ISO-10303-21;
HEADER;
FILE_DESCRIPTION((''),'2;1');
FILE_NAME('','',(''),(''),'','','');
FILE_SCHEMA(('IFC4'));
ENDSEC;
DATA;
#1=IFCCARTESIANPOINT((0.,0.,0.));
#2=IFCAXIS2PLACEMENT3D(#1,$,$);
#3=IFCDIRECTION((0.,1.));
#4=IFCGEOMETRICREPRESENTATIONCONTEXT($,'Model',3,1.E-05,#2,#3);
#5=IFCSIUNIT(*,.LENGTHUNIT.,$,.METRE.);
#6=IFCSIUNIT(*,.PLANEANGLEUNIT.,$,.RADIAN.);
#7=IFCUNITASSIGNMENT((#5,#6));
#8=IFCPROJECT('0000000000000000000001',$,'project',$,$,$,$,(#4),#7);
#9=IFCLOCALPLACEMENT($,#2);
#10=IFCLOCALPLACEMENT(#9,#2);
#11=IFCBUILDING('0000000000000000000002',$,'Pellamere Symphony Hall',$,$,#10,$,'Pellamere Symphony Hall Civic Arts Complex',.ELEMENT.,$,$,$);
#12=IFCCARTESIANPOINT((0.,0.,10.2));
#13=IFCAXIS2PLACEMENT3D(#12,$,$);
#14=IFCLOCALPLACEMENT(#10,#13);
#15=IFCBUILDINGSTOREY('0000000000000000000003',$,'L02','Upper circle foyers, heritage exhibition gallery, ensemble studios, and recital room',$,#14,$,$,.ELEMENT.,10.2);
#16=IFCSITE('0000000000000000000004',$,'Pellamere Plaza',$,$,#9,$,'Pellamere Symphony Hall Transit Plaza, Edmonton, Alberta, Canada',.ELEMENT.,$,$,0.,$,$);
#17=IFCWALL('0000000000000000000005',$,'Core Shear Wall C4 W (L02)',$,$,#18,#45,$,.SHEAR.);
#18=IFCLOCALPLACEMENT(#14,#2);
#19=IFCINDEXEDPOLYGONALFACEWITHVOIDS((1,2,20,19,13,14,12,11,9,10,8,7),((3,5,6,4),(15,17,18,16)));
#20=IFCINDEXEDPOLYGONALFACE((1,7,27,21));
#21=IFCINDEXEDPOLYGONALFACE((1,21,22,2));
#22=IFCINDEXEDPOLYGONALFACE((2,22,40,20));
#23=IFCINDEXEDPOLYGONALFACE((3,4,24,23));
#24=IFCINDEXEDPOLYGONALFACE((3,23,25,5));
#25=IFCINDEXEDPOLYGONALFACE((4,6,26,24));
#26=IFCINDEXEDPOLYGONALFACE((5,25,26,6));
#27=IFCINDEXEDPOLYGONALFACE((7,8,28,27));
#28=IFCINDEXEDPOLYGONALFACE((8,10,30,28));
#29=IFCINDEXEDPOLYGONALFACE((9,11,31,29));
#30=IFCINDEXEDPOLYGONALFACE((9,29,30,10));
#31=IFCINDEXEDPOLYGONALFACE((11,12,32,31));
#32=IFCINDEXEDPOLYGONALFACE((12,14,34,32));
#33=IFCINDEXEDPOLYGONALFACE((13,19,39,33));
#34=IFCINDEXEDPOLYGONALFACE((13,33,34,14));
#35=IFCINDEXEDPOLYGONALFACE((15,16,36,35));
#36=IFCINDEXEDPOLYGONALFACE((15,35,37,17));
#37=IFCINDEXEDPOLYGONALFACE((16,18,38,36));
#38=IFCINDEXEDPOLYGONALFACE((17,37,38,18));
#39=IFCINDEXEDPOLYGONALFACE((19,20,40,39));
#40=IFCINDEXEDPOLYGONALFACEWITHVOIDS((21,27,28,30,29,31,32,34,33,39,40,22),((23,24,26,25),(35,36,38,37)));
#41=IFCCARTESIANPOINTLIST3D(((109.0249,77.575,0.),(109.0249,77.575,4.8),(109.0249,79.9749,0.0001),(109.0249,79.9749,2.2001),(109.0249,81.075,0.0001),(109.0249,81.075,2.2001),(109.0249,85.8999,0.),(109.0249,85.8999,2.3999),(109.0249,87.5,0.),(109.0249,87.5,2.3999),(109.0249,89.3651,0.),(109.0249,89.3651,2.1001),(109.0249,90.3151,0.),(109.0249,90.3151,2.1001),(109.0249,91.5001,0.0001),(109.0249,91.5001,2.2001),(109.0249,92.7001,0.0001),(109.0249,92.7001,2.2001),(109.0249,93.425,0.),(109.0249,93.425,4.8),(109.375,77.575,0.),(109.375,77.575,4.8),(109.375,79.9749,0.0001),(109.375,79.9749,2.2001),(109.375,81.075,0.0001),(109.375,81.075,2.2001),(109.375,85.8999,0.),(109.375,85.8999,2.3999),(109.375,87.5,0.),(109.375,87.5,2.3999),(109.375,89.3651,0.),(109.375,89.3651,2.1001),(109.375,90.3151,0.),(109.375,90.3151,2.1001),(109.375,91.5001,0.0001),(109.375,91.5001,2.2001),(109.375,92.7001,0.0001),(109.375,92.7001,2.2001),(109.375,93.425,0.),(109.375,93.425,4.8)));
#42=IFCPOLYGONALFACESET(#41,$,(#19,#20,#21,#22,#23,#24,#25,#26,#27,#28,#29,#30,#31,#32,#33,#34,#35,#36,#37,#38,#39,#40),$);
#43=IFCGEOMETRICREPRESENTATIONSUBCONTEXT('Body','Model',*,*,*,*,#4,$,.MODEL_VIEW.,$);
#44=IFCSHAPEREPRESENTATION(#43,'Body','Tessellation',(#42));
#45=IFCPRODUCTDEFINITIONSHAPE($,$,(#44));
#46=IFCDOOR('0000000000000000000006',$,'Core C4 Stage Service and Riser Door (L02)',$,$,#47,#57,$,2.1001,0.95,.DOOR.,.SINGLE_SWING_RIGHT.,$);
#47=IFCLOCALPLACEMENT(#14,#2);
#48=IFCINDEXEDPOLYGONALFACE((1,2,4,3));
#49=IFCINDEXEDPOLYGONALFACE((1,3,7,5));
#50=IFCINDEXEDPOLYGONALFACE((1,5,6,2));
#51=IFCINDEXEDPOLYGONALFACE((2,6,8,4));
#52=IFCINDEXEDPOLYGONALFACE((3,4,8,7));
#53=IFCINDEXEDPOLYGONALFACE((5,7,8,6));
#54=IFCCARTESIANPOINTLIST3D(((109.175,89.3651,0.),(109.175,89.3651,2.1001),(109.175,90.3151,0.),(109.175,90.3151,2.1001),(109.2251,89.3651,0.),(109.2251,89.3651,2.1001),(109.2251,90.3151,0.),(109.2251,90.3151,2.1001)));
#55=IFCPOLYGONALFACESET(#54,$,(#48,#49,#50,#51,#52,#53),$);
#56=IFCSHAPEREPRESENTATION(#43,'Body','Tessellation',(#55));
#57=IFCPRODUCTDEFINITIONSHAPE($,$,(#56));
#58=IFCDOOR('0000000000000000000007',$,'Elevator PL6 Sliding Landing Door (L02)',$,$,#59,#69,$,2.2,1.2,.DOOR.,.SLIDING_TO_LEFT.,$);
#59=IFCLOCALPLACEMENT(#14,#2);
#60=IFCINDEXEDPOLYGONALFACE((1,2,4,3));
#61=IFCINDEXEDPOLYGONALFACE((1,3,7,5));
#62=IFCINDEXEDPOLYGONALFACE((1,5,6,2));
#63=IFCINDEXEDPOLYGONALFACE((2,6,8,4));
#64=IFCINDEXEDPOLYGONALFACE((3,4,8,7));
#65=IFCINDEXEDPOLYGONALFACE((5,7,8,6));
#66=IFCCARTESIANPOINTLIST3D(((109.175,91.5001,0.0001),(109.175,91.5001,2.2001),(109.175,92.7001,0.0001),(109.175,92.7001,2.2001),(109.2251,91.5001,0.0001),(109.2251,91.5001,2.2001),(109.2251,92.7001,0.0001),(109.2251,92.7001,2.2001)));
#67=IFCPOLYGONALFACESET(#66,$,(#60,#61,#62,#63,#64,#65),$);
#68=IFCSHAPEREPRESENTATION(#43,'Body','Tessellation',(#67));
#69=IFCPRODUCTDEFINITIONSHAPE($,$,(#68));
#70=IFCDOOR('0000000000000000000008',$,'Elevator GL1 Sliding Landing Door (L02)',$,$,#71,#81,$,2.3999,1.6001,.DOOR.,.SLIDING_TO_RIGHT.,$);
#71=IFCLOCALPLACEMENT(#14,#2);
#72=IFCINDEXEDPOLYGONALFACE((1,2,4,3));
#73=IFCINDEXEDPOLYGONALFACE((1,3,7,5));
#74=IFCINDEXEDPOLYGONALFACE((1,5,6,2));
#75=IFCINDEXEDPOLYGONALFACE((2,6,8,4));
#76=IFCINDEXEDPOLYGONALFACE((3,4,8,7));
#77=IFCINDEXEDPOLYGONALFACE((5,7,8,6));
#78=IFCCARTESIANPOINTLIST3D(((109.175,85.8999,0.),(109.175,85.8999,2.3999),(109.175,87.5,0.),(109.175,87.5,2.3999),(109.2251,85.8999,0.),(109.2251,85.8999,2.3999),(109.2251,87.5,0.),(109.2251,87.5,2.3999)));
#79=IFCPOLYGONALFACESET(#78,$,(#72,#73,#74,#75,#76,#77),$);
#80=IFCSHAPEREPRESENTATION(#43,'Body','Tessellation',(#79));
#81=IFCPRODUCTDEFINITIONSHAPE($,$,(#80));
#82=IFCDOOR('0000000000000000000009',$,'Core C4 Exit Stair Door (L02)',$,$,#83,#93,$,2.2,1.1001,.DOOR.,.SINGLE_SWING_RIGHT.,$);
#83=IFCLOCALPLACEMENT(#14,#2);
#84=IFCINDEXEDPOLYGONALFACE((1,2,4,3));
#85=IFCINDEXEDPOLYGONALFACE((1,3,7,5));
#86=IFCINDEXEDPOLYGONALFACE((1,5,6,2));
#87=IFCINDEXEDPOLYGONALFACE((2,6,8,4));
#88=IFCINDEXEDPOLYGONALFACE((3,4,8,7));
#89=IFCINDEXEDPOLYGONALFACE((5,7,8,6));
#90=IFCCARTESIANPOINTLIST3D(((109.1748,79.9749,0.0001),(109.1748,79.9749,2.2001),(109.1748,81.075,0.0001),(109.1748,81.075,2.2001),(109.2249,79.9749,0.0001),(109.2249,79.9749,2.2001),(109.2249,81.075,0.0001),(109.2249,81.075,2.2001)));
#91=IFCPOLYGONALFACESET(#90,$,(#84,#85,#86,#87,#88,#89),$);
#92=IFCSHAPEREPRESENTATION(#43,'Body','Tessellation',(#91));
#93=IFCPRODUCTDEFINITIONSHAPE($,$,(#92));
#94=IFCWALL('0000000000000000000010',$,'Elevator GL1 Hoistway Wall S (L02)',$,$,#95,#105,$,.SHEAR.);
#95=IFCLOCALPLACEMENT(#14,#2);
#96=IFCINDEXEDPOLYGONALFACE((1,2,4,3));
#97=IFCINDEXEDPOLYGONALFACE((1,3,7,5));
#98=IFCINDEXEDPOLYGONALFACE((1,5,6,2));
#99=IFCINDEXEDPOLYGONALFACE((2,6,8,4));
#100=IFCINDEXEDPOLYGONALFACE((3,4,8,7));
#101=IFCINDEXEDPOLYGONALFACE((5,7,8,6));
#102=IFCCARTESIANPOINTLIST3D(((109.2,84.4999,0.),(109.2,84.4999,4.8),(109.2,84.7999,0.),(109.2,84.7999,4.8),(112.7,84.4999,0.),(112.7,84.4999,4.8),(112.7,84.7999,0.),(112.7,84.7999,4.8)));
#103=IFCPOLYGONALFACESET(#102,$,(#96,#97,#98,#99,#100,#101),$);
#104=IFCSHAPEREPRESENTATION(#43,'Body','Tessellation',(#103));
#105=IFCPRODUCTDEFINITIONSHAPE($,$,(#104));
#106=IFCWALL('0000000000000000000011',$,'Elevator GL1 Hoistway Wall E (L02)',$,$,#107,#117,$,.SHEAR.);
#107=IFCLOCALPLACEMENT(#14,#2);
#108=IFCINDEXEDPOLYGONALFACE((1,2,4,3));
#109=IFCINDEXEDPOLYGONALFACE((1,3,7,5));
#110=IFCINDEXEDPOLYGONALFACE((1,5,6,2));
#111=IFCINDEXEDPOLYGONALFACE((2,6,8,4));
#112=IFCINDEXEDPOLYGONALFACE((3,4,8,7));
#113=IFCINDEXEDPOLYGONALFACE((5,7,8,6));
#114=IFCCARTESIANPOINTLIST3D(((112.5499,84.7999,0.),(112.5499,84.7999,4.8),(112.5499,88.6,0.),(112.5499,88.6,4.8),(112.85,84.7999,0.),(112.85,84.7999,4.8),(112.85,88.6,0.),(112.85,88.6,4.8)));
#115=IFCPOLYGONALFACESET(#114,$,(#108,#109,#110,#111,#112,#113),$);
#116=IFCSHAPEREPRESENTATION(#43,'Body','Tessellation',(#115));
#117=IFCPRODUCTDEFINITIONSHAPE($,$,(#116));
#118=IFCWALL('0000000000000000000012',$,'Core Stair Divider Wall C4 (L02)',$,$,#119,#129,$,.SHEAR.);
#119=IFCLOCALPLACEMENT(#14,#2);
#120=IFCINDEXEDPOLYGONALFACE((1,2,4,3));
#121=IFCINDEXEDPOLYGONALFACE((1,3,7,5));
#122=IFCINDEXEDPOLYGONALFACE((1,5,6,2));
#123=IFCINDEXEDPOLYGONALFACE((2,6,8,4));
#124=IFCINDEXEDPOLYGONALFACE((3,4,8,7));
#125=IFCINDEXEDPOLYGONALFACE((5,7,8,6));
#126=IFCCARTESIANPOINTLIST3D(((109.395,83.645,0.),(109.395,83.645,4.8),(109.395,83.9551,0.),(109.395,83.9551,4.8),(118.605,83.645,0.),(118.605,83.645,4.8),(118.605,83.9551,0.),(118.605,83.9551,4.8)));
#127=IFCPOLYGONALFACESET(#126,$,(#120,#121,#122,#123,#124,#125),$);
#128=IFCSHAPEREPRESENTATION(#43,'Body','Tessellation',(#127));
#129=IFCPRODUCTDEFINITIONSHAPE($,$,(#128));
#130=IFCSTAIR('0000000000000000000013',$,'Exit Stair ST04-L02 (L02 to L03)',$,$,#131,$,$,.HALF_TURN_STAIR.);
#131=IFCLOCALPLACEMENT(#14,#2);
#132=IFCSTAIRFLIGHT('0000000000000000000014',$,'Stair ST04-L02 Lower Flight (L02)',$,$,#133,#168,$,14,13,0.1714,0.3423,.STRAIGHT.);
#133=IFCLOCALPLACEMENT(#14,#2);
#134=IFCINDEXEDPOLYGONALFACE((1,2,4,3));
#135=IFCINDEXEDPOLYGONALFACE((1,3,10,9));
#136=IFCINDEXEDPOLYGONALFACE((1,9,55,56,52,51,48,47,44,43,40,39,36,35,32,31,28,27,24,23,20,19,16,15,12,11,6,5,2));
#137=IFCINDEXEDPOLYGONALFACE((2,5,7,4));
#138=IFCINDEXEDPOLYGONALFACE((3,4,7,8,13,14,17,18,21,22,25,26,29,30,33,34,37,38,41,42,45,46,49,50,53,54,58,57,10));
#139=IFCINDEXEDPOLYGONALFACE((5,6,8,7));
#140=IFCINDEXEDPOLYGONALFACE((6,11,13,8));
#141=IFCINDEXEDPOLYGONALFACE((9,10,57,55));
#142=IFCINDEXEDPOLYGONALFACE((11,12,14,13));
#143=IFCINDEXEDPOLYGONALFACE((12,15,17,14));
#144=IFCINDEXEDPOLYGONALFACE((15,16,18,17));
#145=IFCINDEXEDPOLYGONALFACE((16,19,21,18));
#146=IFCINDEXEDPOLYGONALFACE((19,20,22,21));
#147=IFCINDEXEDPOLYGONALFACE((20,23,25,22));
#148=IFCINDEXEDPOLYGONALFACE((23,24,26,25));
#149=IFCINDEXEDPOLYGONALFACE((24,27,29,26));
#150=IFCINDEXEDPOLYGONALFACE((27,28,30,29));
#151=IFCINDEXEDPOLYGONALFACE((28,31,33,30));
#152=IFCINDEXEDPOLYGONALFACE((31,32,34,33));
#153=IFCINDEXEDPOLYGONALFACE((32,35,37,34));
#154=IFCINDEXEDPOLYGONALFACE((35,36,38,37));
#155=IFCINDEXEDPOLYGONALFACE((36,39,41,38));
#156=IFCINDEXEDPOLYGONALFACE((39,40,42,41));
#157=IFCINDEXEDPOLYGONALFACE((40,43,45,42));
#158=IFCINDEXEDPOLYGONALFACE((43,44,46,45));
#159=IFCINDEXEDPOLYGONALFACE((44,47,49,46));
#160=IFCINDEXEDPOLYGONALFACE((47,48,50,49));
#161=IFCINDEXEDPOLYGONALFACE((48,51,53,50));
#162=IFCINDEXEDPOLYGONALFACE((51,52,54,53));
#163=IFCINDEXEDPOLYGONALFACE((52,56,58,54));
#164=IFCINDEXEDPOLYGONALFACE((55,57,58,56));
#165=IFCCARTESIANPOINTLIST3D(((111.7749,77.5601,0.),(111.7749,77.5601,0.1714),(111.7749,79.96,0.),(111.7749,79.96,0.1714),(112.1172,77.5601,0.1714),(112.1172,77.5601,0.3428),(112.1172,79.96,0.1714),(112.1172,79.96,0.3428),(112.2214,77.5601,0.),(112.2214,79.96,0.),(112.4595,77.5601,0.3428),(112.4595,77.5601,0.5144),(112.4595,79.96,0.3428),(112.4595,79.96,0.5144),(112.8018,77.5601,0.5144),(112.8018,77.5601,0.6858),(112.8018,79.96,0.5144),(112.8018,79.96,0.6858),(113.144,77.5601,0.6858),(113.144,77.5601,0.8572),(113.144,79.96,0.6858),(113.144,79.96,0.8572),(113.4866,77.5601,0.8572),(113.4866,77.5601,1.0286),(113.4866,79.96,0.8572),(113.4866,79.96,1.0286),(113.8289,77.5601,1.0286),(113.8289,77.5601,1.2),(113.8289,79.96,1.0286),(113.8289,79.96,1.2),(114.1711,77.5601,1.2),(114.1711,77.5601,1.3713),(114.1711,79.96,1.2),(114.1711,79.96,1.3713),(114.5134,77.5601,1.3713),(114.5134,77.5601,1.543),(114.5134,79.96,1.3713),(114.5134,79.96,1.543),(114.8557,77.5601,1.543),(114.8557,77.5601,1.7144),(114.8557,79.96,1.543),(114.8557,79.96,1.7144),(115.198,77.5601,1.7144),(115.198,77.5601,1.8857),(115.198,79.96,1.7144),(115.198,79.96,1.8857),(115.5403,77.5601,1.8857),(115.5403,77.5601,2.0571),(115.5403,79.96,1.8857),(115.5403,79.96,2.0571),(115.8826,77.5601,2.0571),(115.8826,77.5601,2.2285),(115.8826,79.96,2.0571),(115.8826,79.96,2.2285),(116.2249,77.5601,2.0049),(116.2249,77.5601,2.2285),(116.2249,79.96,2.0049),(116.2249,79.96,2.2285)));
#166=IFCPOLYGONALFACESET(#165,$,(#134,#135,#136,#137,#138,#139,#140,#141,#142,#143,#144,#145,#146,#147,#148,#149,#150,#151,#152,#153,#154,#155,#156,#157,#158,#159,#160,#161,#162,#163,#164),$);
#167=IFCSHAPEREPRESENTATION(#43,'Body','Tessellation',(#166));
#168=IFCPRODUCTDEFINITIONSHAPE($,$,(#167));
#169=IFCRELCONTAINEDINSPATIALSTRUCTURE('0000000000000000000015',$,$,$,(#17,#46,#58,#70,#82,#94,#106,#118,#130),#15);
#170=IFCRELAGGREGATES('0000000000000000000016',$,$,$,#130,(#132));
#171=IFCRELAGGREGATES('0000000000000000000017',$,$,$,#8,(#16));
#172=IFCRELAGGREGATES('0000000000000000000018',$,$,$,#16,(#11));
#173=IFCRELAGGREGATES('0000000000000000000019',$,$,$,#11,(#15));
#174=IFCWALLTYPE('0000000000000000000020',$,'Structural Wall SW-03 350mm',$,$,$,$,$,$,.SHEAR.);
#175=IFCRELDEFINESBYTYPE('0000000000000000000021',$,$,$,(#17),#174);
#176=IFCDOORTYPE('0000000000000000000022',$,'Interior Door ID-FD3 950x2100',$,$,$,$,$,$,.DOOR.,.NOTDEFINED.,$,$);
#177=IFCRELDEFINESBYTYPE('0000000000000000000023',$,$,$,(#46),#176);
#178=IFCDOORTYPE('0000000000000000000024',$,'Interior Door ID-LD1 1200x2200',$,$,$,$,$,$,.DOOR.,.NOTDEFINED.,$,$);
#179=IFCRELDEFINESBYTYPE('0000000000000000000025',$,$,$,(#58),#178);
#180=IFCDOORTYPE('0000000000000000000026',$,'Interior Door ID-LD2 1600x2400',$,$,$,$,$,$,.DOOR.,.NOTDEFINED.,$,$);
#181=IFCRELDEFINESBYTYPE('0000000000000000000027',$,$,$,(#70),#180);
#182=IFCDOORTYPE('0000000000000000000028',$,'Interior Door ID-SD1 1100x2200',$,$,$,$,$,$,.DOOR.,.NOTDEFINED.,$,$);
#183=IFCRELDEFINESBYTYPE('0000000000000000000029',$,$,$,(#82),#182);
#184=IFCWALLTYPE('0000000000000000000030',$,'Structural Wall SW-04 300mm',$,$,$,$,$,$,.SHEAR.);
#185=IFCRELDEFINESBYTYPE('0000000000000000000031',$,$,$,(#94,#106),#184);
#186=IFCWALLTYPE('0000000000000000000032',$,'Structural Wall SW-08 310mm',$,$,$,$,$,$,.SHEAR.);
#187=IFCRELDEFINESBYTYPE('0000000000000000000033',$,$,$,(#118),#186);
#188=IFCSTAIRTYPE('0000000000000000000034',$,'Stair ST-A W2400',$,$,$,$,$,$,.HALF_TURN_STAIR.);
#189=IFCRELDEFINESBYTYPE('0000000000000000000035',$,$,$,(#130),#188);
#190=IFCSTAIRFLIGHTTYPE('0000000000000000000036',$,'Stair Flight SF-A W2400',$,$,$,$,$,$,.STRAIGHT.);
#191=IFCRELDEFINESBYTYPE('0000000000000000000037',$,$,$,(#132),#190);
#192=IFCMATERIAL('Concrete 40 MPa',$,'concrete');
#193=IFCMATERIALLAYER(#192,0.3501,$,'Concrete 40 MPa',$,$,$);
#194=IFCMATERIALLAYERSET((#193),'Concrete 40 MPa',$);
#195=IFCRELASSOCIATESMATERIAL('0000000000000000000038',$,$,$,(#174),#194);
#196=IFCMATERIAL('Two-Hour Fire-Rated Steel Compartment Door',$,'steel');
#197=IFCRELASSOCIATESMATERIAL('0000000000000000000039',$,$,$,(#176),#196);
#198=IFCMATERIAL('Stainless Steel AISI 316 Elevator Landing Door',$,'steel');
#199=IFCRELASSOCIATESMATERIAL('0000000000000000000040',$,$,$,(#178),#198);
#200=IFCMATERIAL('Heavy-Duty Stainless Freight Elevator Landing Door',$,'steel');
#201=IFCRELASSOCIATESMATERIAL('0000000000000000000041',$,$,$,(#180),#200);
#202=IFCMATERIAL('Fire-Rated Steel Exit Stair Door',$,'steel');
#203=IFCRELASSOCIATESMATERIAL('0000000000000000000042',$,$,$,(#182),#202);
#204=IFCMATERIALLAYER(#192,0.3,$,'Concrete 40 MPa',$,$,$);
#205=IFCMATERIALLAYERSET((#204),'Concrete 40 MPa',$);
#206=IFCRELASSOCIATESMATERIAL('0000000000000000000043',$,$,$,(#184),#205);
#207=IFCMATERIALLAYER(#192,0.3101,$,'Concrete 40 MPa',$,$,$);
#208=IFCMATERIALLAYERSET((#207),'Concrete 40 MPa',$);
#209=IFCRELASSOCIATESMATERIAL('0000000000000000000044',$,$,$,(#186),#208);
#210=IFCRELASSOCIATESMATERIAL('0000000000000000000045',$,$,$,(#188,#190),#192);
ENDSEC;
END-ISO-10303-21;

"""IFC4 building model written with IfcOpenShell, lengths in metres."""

from ifc_helpers import new_model, si_unit, direction, frame, frame_2d, origin, place, context, subcontext, project, spatial, polyline, rectangle, outline, extrude, material, layer, layer_set, type_object, element, fill, aggregate, save


model = new_model("IFC4")

# Units and contexts
model_context = context("Model", 3, precision=1e-05, world=origin(), true_north=direction((0.0, 1.0)))
body_context = subcontext(model_context, "Body", "Model", "MODEL_VIEW")
ifc_project = project(units=[si_unit("LENGTHUNIT", "METRE"), si_unit("PLANEANGLEUNIT", "RADIAN")], contexts=[model_context])

# Site, building, storey
site_placement = place(None, origin())
site = spatial("IfcSite", under=ifc_project, at=site_placement, Name="Pellamere Plaza", LongName="Pellamere Symphony Hall Transit Plaza, Edmonton, Alberta, Canada", CompositionType="ELEMENT", RefElevation=0.0)
building_placement = place(site_placement, origin())
building = spatial("IfcBuilding", under=site, at=building_placement, Name="Pellamere Symphony Hall", LongName="Pellamere Symphony Hall Civic Arts Complex", CompositionType="ELEMENT")
storey_placement = place(building_placement, frame((0.0, 0.0, 10.2)))
storey = spatial("IfcBuildingStorey", under=building, at=storey_placement, Name="L02", Description="Upper circle foyers, heritage exhibition gallery, ensemble studios, and recital room", CompositionType="ELEMENT", Elevation=10.2)

# Shared definitions
ifc_material_1 = material(Name="Concrete 40 MPa", Category="concrete")

# Shared definitions
ifc_layer_1 = layer(ifc_material_1, 0.3501, Name="Concrete 40 MPa")
ifc_layer_set_1 = layer_set([ifc_layer_1], Name="Concrete 40 MPa")
wall_type_1 = type_object("IfcWallType", Name="Structural Wall SW-03 350mm", PredefinedType="SHEAR", material=ifc_layer_set_1)

# Wall, openings, doors
wall_1_placement = place(storey_placement, frame((109.2, 77.575, 0.0), z_axis=(0.0, 0.0, 1.0), x_axis=(0.0, 1.0, 0.0)))
wall_1 = element("IfcWall", 1, at=wall_1_placement, inside=storey, type_object=wall_type_1, Name="Core Shear Wall C4 W (L02)", PredefinedType="SHEAR", context=body_context, shape_type="SweptSolid", body=[
    extrude(rectangle(XDim=15.8501, YDim=0.3501, at=frame_2d((7.925, 0.0))), origin(), (0.0, 0.0, 1.0), 4.8),
])
opening_1_placement = place(wall_1_placement, frame((8.325, 0.0, 0.0)))
opening_1 = element("IfcOpeningElement", 2, at=opening_1_placement, cuts=wall_1, PredefinedType="OPENING", context=body_context, shape_type="SweptSolid", body=[
    extrude(rectangle(XDim=1.6001, YDim=2.3999, at=frame_2d((0.8, 1.2))), frame((0.0, 0.1851, 0.0), z_axis=(0.0, -1.0, 0.0), x_axis=(1.0, 0.0, 0.0)), (0.0, 0.0, 1.0), 0.3701),
])
opening_2_placement = place(wall_1_placement, frame((13.925, 0.0, 0.0)))
opening_2 = element("IfcOpeningElement", 3, at=opening_2_placement, cuts=wall_1, PredefinedType="OPENING", context=body_context, shape_type="SweptSolid", body=[
    extrude(rectangle(XDim=1.2, YDim=2.2, at=frame_2d((0.6001, 1.1001))), frame((0.0, 0.1851, 0.0), z_axis=(0.0, -1.0, 0.0), x_axis=(1.0, 0.0, 0.0)), (0.0, 0.0, 1.0), 0.3701),
])
opening_3_placement = place(wall_1_placement, frame((11.79, 0.0, 0.0)))
opening_3 = element("IfcOpeningElement", 4, at=opening_3_placement, cuts=wall_1, PredefinedType="OPENING", context=body_context, shape_type="SweptSolid", body=[
    extrude(rectangle(XDim=0.95, YDim=2.1001, at=frame_2d((0.4751, 1.05))), frame((0.0, 0.1851, 0.0), z_axis=(0.0, -1.0, 0.0), x_axis=(1.0, 0.0, 0.0)), (0.0, 0.0, 1.0), 0.3701),
])
opening_4_placement = place(wall_1_placement, frame((2.3999, 0.0, 0.0)))
opening_4 = element("IfcOpeningElement", 5, at=opening_4_placement, cuts=wall_1, PredefinedType="OPENING", context=body_context, shape_type="SweptSolid", body=[
    extrude(rectangle(XDim=1.1001, YDim=2.2, at=frame_2d((0.55, 1.1001))), frame((0.0, 0.1851, 0.0), z_axis=(0.0, -1.0, 0.0), x_axis=(1.0, 0.0, 0.0)), (0.0, 0.0, 1.0), 0.3701),
])
ifc_material_2 = material(Name="Two-Hour Fire-Rated Steel Compartment Door", Category="steel")
door_type_1 = type_object("IfcDoorType", Name="Interior Door ID-FD3 950x2100", OperationType="NOTDEFINED", PredefinedType="DOOR", material=ifc_material_2)
door_1_placement = place(opening_3_placement, origin())
door_1 = element("IfcDoor", 6, at=door_1_placement, inside=storey, type_object=door_type_1, Name="Core C4 Stage Service and Riser Door (L02)", OperationType="SINGLE_SWING_RIGHT", OverallHeight=2.1001, OverallWidth=0.95, PredefinedType="DOOR", context=body_context, shape_type="SweptSolid", body=[
    extrude(rectangle(XDim=0.95, YDim=2.1001, at=frame_2d((0.4751, 1.05))), frame((0.0, 0.0249, 0.0), z_axis=(0.0, -1.0, 0.0), x_axis=(1.0, 0.0, 0.0)), (0.0, 0.0, 1.0), 0.05),
])
fill(opening_3, door_1)
ifc_material_3 = material(Name="Stainless Steel AISI 316 Elevator Landing Door", Category="steel")
door_type_2 = type_object("IfcDoorType", Name="Interior Door ID-LD1 1200x2200", OperationType="NOTDEFINED", PredefinedType="DOOR", material=ifc_material_3)
door_2_placement = place(opening_2_placement, origin())
door_2 = element("IfcDoor", 7, at=door_2_placement, inside=storey, type_object=door_type_2, Name="Elevator PL6 Sliding Landing Door (L02)", OperationType="SLIDING_TO_LEFT", OverallHeight=2.2, OverallWidth=1.2, PredefinedType="DOOR", context=body_context, shape_type="SweptSolid", body=[
    extrude(rectangle(XDim=1.2, YDim=2.2, at=frame_2d((0.6001, 1.1001))), frame((0.0, 0.0249, 0.0), z_axis=(0.0, -1.0, 0.0), x_axis=(1.0, 0.0, 0.0)), (0.0, 0.0, 1.0), 0.05),
])
fill(opening_2, door_2)
ifc_material_4 = material(Name="Heavy-Duty Stainless Freight Elevator Landing Door", Category="steel")
door_type_3 = type_object("IfcDoorType", Name="Interior Door ID-LD2 1600x2400", OperationType="NOTDEFINED", PredefinedType="DOOR", material=ifc_material_4)
door_3_placement = place(opening_1_placement, origin())
door_3 = element("IfcDoor", 8, at=door_3_placement, inside=storey, type_object=door_type_3, Name="Elevator GL1 Sliding Landing Door (L02)", OperationType="SLIDING_TO_RIGHT", OverallHeight=2.3999, OverallWidth=1.6001, PredefinedType="DOOR", context=body_context, shape_type="SweptSolid", body=[
    extrude(rectangle(XDim=1.6001, YDim=2.3999, at=frame_2d((0.8, 1.2))), frame((0.0, 0.0249, 0.0), z_axis=(0.0, -1.0, 0.0), x_axis=(1.0, 0.0, 0.0)), (0.0, 0.0, 1.0), 0.05),
])
fill(opening_1, door_3)
ifc_material_5 = material(Name="Fire-Rated Steel Exit Stair Door", Category="steel")
door_type_4 = type_object("IfcDoorType", Name="Interior Door ID-SD1 1100x2200", OperationType="NOTDEFINED", PredefinedType="DOOR", material=ifc_material_5)
door_4_placement = place(opening_4_placement, frame((1.1001, 0.0, 0.0), z_axis=(0.0, 0.0, 1.0), x_axis=(-1.0, 0.0, 0.0)))
door_4 = element("IfcDoor", 9, at=door_4_placement, inside=storey, type_object=door_type_4, Name="Core C4 Exit Stair Door (L02)", OperationType="SINGLE_SWING_RIGHT", OverallHeight=2.2, OverallWidth=1.1001, PredefinedType="DOOR", context=body_context, shape_type="SweptSolid", body=[
    extrude(rectangle(XDim=1.1001, YDim=2.2, at=frame_2d((0.55, 1.1001))), frame((0.0, 0.0249, 0.0), z_axis=(0.0, -1.0, 0.0), x_axis=(1.0, 0.0, 0.0)), (0.0, 0.0, 1.0), 0.05),
])
fill(opening_4, door_4)

# Walls
ifc_layer_2 = layer(ifc_material_1, 0.3, Name="Concrete 40 MPa")
ifc_layer_set_2 = layer_set([ifc_layer_2], Name="Concrete 40 MPa")
wall_type_2 = type_object("IfcWallType", Name="Structural Wall SW-04 300mm", PredefinedType="SHEAR", material=ifc_layer_set_2)
wall_2_placement = place(storey_placement, frame((109.2, 84.6499, 0.0), z_axis=(0.0, 0.0, 1.0), x_axis=(1.0, 0.0, 0.0)))
element("IfcWall", 10, at=wall_2_placement, inside=storey, type_object=wall_type_2, Name="Elevator GL1 Hoistway Wall S (L02)", PredefinedType="SHEAR", context=body_context, shape_type="SweptSolid", body=[
    extrude(rectangle(XDim=3.5, YDim=0.3, at=frame_2d((1.75, 0.0))), origin(), (0.0, 0.0, 1.0), 4.8),
])
wall_3_placement = place(storey_placement, frame((112.7, 84.8, 0.0), z_axis=(0.0, 0.0, 1.0), x_axis=(0.0, 1.0, 0.0)))
element("IfcWall", 11, at=wall_3_placement, inside=storey, type_object=wall_type_2, Name="Elevator GL1 Hoistway Wall E (L02)", PredefinedType="SHEAR", context=body_context, shape_type="SweptSolid", body=[
    extrude(rectangle(XDim=3.8, YDim=0.3, at=frame_2d((1.8999, 0.0))), origin(), (0.0, 0.0, 1.0), 4.8),
])
ifc_layer_3 = layer(ifc_material_1, 0.3101, Name="Concrete 40 MPa")
ifc_layer_set_3 = layer_set([ifc_layer_3], Name="Concrete 40 MPa")
wall_type_3 = type_object("IfcWallType", Name="Structural Wall SW-08 310mm", PredefinedType="SHEAR", material=ifc_layer_set_3)
wall_4_placement = place(storey_placement, frame((109.395, 83.8, 0.0), z_axis=(0.0, 0.0, 1.0), x_axis=(1.0, 0.0, 0.0)))
element("IfcWall", 12, at=wall_4_placement, inside=storey, type_object=wall_type_3, Name="Core Stair Divider Wall C4 (L02)", PredefinedType="SHEAR", context=body_context, shape_type="SweptSolid", body=[
    extrude(rectangle(XDim=9.21, YDim=0.3101, at=frame_2d((4.605, 0.0))), origin(), (0.0, 0.0, 1.0), 4.8),
])

# Stair, stair flight
stair_type = type_object("IfcStairType", Name="Stair ST-A W2400", PredefinedType="HALF_TURN_STAIR", material=ifc_material_1)
stair_placement = place(storey_placement, origin())
stair = element("IfcStair", 13, at=stair_placement, inside=storey, type_object=stair_type, Name="Exit Stair ST04-L02 (L02 to L03)", PredefinedType="HALF_TURN_STAIR")
stair_flight_type = type_object("IfcStairFlightType", Name="Stair Flight SF-A W2400", PredefinedType="STRAIGHT", material=ifc_material_1)
stair_flight_1_placement = place(storey_placement, frame((111.7749, 78.76, 0.0), z_axis=(0.0, 0.0, 1.0), x_axis=(1.0, 0.0, 0.0)))
stair_flight_1 = element("IfcStairFlight", 14, at=stair_flight_1_placement, type_object=stair_flight_type, Name="Stair ST04-L02 Lower Flight (L02)", NumberOfRisers=14, NumberOfTreads=13, PredefinedType="STRAIGHT", RiserHeight=0.1714, TreadLength=0.3423, context=body_context, shape_type="SweptSolid", body=[
    extrude(outline(polyline([(0.0, 0.0), (0.0, 0.1714), (0.3423, 0.1714), (0.3423, 0.3428), (0.6846, 0.3428), (0.6846, 0.5144), (1.0269, 0.5144), (1.0269, 0.6858), (1.3691, 0.6858), (1.3691, 0.8572), (1.7117, 0.8572), (1.7117, 1.0286), (2.054, 1.0286), (2.054, 1.2), (2.3962, 1.2), (2.3962, 1.3713), (2.7385, 1.3713), (2.7385, 1.543), (3.0808, 1.543), (3.0808, 1.7144), (3.4231, 1.7144), (3.4231, 1.8857), (3.7654, 1.8857), (3.7654, 2.0571), (4.1077, 2.0571), (4.1077, 2.2285), (4.45, 2.2285), (4.45, 2.3999), (4.45, 2.0049), (0.4465, 0.0), (0.0, 0.0)])), frame((0.0, 1.2, 0.0), z_axis=(0.0, -1.0, 0.0), x_axis=(1.0, 0.0, 0.0)), (0.0, 0.0, 1.0), 2.3999),
])
aggregate(stair, [stair_flight_1])

save(model, "model.ifc")
